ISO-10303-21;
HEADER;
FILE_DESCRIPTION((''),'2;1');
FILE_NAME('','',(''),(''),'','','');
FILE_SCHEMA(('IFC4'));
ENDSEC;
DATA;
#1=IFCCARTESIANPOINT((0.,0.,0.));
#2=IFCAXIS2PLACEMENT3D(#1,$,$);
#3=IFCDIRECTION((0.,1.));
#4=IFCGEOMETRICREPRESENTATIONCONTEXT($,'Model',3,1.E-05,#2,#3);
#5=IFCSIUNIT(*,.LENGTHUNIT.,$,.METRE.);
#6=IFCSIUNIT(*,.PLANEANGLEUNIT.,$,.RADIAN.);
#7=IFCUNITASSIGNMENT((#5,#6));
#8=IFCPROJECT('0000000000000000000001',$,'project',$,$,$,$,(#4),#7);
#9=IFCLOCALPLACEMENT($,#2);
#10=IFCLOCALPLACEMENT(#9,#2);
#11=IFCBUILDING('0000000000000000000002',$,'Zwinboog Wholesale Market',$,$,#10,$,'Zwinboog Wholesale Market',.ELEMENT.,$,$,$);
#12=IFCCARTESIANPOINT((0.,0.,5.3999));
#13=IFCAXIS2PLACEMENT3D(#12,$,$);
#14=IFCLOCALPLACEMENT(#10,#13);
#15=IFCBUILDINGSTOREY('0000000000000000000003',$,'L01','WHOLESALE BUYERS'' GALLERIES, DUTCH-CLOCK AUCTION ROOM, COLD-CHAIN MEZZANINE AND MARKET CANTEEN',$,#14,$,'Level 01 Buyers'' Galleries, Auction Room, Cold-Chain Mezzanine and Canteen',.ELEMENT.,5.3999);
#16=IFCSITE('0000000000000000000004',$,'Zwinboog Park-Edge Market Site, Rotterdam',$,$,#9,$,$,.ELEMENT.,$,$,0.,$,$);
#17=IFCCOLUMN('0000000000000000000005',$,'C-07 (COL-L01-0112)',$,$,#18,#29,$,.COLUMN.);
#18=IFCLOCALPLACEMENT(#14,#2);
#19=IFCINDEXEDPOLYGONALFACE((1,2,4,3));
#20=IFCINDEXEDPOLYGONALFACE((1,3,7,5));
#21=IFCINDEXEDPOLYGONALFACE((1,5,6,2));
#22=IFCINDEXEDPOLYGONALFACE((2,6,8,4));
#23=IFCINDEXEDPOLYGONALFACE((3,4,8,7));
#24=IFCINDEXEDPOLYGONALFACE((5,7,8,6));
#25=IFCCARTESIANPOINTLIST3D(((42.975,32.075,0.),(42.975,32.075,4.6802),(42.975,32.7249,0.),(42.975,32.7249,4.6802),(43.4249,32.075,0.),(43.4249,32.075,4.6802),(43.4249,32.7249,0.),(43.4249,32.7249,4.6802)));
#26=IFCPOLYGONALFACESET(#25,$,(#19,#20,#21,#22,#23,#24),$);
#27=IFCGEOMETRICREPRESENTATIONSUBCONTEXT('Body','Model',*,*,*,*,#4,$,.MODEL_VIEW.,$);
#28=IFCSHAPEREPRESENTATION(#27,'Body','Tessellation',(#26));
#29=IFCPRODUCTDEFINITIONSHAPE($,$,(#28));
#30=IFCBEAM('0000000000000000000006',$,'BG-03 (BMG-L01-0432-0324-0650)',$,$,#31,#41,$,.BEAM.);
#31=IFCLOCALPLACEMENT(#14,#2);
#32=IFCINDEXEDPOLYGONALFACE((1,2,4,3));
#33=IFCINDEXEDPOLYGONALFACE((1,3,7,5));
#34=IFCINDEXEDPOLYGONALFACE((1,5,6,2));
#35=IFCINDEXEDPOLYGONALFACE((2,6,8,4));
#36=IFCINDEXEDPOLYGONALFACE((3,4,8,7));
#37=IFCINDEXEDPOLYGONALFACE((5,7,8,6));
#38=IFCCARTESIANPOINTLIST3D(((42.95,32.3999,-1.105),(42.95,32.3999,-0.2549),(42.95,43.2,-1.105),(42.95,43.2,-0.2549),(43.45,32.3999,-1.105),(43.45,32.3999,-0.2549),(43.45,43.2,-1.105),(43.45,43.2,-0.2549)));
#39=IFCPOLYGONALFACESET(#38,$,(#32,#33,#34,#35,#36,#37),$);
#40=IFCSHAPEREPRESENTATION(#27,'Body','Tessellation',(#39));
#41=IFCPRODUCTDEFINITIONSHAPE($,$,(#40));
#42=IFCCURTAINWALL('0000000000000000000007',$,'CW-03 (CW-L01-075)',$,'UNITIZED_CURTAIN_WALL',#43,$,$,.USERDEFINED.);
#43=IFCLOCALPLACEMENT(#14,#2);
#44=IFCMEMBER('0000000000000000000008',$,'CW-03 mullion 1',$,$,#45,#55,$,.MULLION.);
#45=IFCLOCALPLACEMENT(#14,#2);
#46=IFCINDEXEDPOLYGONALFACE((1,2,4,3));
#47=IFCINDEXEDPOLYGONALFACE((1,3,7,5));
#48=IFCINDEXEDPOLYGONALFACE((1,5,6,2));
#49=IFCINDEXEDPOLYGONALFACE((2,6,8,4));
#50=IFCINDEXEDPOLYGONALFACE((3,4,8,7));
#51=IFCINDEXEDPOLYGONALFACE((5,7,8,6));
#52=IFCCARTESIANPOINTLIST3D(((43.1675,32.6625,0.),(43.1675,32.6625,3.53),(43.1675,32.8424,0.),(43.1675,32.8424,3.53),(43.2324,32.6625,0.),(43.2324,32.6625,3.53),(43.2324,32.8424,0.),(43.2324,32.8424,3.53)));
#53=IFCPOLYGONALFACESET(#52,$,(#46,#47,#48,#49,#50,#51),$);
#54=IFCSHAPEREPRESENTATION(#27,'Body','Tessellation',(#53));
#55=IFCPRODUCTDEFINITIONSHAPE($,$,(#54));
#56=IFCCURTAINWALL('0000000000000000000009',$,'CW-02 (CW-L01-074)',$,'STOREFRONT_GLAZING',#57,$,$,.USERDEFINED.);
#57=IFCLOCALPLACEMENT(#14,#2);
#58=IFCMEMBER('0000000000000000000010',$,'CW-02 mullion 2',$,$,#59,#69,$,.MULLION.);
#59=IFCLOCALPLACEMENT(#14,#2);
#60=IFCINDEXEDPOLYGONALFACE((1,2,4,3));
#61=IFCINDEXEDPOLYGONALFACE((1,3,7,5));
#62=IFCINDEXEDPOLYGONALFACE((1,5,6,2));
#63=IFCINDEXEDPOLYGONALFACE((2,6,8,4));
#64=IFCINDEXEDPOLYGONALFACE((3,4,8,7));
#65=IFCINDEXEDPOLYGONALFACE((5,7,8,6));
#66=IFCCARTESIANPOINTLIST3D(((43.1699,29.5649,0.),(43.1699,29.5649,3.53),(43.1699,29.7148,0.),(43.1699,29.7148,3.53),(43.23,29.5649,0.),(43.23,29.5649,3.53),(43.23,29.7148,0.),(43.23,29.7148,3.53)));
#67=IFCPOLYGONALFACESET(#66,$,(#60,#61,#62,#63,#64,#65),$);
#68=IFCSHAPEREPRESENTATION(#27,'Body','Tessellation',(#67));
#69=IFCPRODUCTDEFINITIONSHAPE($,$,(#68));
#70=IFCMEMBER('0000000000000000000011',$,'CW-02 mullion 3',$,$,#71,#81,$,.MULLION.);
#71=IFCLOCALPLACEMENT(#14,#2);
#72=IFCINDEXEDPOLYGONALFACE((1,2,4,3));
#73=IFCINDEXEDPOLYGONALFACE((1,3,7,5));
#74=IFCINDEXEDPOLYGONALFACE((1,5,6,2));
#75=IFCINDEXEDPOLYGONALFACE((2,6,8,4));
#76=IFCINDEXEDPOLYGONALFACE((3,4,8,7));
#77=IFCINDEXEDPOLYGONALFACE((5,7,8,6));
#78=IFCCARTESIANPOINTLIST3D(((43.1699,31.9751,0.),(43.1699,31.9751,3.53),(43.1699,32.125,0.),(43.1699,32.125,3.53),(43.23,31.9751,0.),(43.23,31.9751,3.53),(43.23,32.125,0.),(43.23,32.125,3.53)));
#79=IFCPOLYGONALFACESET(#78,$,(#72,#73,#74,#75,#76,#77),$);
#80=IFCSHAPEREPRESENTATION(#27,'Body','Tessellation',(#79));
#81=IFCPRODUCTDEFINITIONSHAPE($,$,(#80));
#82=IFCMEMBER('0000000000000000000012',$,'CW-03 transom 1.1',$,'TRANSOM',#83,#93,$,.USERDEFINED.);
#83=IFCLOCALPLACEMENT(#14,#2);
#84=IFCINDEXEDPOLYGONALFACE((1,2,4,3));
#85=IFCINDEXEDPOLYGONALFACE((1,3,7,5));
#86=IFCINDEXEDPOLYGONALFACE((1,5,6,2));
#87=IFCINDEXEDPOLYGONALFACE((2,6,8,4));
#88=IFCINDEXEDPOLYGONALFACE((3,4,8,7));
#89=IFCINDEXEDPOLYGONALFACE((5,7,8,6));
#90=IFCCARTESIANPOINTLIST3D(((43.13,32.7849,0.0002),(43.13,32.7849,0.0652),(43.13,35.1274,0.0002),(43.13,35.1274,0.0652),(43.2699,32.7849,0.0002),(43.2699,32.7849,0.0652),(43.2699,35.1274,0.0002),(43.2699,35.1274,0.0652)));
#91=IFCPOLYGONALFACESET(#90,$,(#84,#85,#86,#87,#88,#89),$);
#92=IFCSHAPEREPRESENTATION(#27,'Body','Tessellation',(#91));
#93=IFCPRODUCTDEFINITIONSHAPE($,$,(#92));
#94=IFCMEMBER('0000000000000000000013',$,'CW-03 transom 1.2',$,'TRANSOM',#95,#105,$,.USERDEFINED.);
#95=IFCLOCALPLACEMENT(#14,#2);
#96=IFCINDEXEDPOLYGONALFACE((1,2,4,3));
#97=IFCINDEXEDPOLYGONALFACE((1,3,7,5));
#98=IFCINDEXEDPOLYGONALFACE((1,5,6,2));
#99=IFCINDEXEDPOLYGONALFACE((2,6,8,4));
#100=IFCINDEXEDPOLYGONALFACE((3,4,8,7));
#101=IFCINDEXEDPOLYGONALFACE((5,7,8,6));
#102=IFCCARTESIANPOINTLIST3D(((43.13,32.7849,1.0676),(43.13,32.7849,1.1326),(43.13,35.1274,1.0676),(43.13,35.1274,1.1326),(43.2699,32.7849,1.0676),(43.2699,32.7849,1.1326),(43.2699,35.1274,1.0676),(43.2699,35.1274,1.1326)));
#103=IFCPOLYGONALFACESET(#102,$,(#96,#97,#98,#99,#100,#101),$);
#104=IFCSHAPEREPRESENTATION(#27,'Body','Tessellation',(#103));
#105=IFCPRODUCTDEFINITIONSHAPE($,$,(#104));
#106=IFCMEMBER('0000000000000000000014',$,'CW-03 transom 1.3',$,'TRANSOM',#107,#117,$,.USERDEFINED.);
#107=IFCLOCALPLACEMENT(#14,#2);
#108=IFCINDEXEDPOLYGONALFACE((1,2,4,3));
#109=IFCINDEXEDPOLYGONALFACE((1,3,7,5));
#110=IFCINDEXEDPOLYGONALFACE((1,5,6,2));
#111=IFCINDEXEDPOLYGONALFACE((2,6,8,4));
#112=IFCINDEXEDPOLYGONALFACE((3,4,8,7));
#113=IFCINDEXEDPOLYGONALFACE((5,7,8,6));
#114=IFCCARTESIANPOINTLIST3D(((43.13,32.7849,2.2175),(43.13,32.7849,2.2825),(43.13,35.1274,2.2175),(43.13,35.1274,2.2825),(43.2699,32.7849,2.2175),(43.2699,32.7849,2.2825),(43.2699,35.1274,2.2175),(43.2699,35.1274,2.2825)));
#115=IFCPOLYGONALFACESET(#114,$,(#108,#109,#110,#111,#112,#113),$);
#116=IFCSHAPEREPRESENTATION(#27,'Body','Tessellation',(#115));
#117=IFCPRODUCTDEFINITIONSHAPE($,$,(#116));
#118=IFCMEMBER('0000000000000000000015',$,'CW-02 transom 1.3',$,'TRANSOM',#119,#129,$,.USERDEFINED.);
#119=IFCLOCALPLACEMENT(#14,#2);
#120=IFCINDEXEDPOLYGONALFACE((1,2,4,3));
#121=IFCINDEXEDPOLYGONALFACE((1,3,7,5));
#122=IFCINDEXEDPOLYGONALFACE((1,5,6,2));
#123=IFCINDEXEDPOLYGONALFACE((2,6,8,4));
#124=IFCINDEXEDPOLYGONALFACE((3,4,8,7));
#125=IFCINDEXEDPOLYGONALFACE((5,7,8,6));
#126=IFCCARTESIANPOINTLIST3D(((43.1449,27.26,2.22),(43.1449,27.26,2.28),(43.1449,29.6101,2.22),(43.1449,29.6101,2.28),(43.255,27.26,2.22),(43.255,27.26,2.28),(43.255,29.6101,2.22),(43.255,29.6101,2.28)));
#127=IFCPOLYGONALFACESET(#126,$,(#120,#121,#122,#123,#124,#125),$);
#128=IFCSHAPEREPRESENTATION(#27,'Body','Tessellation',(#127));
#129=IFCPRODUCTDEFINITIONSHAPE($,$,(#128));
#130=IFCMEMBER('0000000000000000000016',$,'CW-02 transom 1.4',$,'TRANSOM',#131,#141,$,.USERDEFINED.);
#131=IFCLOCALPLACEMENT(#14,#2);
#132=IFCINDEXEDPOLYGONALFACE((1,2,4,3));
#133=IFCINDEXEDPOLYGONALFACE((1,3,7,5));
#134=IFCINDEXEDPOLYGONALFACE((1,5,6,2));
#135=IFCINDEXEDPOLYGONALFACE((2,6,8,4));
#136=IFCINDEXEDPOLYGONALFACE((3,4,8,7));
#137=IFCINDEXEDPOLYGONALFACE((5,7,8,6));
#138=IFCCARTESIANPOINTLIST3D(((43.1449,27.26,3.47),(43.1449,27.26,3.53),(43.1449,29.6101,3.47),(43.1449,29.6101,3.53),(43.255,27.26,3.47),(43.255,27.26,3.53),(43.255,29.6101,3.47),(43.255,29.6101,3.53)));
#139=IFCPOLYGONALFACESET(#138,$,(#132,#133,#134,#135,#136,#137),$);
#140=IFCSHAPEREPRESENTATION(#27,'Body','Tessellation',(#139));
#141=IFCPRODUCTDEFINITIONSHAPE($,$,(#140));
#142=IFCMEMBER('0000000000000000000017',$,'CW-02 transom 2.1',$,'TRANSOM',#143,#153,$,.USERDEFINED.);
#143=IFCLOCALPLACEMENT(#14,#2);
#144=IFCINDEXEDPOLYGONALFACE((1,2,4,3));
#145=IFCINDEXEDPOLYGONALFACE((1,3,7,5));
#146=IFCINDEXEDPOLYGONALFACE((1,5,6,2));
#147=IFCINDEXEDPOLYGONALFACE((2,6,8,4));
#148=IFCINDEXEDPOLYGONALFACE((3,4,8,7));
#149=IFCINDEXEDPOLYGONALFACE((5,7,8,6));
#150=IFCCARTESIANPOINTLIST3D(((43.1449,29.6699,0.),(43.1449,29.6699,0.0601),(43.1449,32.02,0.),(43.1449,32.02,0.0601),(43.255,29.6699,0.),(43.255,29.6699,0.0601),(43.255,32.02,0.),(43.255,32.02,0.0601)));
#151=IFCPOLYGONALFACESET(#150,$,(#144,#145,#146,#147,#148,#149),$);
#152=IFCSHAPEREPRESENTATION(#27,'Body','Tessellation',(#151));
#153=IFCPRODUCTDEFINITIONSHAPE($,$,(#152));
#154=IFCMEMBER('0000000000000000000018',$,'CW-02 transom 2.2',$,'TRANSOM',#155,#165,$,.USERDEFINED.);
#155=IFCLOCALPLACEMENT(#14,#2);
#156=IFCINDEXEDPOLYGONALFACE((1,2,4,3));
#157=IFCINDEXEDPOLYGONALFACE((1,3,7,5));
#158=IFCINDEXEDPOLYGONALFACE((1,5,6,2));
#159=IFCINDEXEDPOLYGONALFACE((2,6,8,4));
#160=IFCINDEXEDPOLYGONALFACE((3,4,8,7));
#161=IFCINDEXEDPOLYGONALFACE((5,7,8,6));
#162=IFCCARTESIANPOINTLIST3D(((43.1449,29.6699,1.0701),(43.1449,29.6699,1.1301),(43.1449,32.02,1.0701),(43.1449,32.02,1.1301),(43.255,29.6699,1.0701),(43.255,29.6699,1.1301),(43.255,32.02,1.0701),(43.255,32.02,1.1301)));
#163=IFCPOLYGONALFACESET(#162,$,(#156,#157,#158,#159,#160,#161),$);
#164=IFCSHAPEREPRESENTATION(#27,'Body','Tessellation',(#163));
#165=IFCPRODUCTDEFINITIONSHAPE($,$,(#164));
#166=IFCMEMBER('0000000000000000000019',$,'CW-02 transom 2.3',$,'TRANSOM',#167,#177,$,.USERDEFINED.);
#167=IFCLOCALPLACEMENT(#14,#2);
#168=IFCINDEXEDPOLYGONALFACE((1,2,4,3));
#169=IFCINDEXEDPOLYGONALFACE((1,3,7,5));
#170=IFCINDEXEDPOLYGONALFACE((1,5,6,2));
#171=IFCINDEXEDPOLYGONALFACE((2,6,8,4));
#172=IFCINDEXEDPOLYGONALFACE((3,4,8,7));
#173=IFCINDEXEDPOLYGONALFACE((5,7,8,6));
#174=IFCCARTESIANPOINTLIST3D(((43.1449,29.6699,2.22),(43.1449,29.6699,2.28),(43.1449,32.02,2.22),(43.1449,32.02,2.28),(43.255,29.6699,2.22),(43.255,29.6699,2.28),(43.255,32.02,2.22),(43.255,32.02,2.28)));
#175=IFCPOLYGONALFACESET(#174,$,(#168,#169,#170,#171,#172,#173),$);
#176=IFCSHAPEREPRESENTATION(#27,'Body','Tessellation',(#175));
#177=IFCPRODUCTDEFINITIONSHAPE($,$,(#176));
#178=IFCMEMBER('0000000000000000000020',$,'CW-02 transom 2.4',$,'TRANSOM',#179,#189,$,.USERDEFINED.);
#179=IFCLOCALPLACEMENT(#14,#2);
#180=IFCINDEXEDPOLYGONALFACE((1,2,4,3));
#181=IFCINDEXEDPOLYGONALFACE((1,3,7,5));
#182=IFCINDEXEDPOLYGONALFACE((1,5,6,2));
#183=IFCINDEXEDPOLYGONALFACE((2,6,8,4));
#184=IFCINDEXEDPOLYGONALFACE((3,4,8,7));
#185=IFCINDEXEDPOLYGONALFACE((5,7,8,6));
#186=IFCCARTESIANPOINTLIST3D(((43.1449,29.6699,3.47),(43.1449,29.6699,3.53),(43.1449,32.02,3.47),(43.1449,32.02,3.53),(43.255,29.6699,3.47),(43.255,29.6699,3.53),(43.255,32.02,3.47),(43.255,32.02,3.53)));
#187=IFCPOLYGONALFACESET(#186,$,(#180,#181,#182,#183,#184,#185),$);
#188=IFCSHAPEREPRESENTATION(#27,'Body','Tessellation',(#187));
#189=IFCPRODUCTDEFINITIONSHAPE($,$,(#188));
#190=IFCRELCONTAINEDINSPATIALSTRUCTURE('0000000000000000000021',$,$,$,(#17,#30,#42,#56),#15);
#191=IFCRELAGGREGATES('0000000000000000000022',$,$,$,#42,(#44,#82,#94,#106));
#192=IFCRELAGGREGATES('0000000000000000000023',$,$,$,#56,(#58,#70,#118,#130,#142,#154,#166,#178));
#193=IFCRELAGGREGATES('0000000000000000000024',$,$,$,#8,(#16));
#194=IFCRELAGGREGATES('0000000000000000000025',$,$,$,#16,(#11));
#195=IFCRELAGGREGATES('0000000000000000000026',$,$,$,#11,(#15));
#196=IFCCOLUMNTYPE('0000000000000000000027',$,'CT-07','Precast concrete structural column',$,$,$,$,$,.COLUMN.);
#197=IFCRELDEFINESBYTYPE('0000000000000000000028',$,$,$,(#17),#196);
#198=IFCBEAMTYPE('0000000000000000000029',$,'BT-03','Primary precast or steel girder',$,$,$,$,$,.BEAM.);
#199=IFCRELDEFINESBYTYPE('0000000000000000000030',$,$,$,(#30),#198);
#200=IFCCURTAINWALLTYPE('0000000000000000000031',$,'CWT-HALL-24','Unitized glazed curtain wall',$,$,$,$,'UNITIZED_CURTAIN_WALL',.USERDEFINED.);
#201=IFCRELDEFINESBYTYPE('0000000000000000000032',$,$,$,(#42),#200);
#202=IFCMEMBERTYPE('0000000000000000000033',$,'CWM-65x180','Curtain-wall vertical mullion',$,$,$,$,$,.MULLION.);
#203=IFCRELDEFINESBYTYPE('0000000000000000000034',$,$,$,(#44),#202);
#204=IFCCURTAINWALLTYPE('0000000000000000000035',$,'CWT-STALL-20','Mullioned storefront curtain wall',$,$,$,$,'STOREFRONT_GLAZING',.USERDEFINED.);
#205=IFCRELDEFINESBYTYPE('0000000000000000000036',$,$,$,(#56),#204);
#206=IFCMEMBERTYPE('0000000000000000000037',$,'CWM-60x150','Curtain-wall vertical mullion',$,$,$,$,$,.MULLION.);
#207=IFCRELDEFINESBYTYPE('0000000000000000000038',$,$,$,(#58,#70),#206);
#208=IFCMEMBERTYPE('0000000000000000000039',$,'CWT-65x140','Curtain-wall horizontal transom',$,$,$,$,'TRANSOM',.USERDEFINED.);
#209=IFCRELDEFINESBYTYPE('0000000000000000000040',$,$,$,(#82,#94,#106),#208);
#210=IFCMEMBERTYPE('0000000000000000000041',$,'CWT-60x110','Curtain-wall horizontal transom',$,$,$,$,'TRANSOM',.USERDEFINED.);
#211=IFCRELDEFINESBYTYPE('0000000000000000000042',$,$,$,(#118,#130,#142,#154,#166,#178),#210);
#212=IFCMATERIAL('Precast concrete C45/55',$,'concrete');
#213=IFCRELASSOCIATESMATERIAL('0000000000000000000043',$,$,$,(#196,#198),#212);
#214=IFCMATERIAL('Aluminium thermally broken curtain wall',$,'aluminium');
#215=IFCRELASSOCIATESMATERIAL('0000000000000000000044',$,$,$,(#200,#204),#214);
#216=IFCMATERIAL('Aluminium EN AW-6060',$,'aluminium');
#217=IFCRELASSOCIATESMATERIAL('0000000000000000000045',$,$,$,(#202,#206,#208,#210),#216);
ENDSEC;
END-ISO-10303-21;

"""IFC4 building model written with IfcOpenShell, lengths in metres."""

from ifc_helpers import new_model, si_unit, direction, frame, origin, origin_2d, place, context, subcontext, project, spatial, rectangle, extrude, material, material_profile, profile_set, type_object, element, aggregate, save


model = new_model("IFC4")

# Units and contexts
model_context = context("Model", 3, precision=1e-05, world=origin(), true_north=direction((0.0, 1.0)))
body_context = subcontext(model_context, "Body", "Model", "MODEL_VIEW")
ifc_project = project(units=[si_unit("LENGTHUNIT", "METRE"), si_unit("PLANEANGLEUNIT", "RADIAN")], contexts=[model_context])

# Site, building, storey
site_placement = place(None, origin())
site = spatial("IfcSite", under=ifc_project, at=site_placement, Name="Zwinboog Park-Edge Market Site, Rotterdam", CompositionType="ELEMENT", RefElevation=0.0)
building_placement = place(site_placement, origin())
building = spatial("IfcBuilding", under=site, at=building_placement, Name="Zwinboog Wholesale Market", LongName="Zwinboog Wholesale Market", CompositionType="ELEMENT")
storey_placement = place(building_placement, frame((0.0, 0.0, 5.3999)))
storey = spatial("IfcBuildingStorey", under=building, at=storey_placement, Name="L01", Description="WHOLESALE BUYERS' GALLERIES, DUTCH-CLOCK AUCTION ROOM, COLD-CHAIN MEZZANINE AND MARKET CANTEEN", LongName="Level 01 Buyers' Galleries, Auction Room, Cold-Chain Mezzanine and Canteen", CompositionType="ELEMENT", Elevation=5.3999)

# Column
ifc_material_1 = material(Name="Precast concrete C45/55", Category="concrete")
ifc_material_profile_1 = material_profile(ifc_material_1, rectangle(XDim=0.45, YDim=0.6499, at=origin_2d()), Name="PC 450x650")
ifc_profile_set_1 = profile_set([ifc_material_profile_1], Name="Precast concrete C45/55")
column_type = type_object("IfcColumnType", Name="CT-07", Description="Precast concrete structural column", PredefinedType="COLUMN", material=ifc_profile_set_1)
column_placement = place(storey_placement, frame((43.2, 32.3999, 0.0), z_axis=(0.0, 0.0, 1.0), x_axis=(1.0, 0.0, 0.0)))
element("IfcColumn", 1, at=column_placement, inside=storey, type_object=column_type, Name="C-07 (COL-L01-0112)", PredefinedType="COLUMN", context=body_context, shape_type="SweptSolid", body=[
    extrude(rectangle(XDim=0.45, YDim=0.6499, at=origin_2d()), origin(), (0.0, 0.0, 1.0), 4.6802),
])

# Beam
ifc_material_profile_2 = material_profile(ifc_material_1, rectangle(XDim=0.5, YDim=0.8501, at=origin_2d()), Name="PC 500x850")
ifc_profile_set_2 = profile_set([ifc_material_profile_2], Name="Precast concrete C45/55")
beam_type = type_object("IfcBeamType", Name="BT-03", Description="Primary precast or steel girder", PredefinedType="BEAM", material=ifc_profile_set_2)
beam_placement = place(storey_placement, frame((43.2, 32.3999, -0.6799), z_axis=(0.0, 1.0, 0.0), x_axis=(-1.0, 0.0, 0.0)))
element("IfcBeam", 2, at=beam_placement, inside=storey, type_object=beam_type, Name="BG-03 (BMG-L01-0432-0324-0650)", PredefinedType="BEAM", context=body_context, shape_type="SweptSolid", body=[
    extrude(rectangle(XDim=0.5, YDim=0.8501, at=origin_2d()), origin(), (0.0, 0.0, 1.0), 10.8),
])

# Curtain wall, member
ifc_material_2 = material(Name="Aluminium thermally broken curtain wall", Category="aluminium")
curtain_wall_type_1 = type_object("IfcCurtainWallType", Name="CWT-HALL-24", Description="Unitized glazed curtain wall", ElementType="UNITIZED_CURTAIN_WALL", PredefinedType="USERDEFINED", material=ifc_material_2)
curtain_wall_1_placement = place(storey_placement, origin())
curtain_wall_1 = element("IfcCurtainWall", 3, at=curtain_wall_1_placement, inside=storey, type_object=curtain_wall_type_1, Name="CW-03 (CW-L01-075)", ObjectType="UNITIZED_CURTAIN_WALL", PredefinedType="USERDEFINED")
ifc_material_3 = material(Name="Aluminium EN AW-6060", Category="aluminium")
ifc_material_profile_3 = material_profile(ifc_material_3, rectangle(XDim=0.0649, YDim=0.1799, at=origin_2d()), Name="AL 65x180")
ifc_profile_set_3 = profile_set([ifc_material_profile_3], Name="Aluminium EN AW-6060")
member_type_1 = type_object("IfcMemberType", Name="CWM-65x180", Description="Curtain-wall vertical mullion", PredefinedType="MULLION", material=ifc_profile_set_3)
member_1_placement = place(storey_placement, frame((43.2, 32.7524, 0.0), z_axis=(0.0, 0.0, 1.0), x_axis=(-1.0, 0.0, 0.0)))
member_1 = element("IfcMember", 4, at=member_1_placement, type_object=member_type_1, Name="CW-03 mullion 1", PredefinedType="MULLION", context=body_context, shape_type="SweptSolid", body=[
    extrude(rectangle(XDim=0.0649, YDim=0.1799, at=origin_2d()), origin(), (0.0, 0.0, 1.0), 3.53),
])

# Curtain wall, members
curtain_wall_type_2 = type_object("IfcCurtainWallType", Name="CWT-STALL-20", Description="Mullioned storefront curtain wall", ElementType="STOREFRONT_GLAZING", PredefinedType="USERDEFINED", material=ifc_material_2)
curtain_wall_2_placement = place(storey_placement, origin())
curtain_wall_2 = element("IfcCurtainWall", 5, at=curtain_wall_2_placement, inside=storey, type_object=curtain_wall_type_2, Name="CW-02 (CW-L01-074)", ObjectType="STOREFRONT_GLAZING", PredefinedType="USERDEFINED")
ifc_material_profile_4 = material_profile(ifc_material_3, rectangle(XDim=0.0601, YDim=0.1499, at=origin_2d()), Name="AL 60x150")
ifc_profile_set_4 = profile_set([ifc_material_profile_4], Name="Aluminium EN AW-6060")
member_type_2 = type_object("IfcMemberType", Name="CWM-60x150", Description="Curtain-wall vertical mullion", PredefinedType="MULLION", material=ifc_profile_set_4)
member_2_placement = place(storey_placement, frame((43.2, 29.6399, 0.0), z_axis=(0.0, 0.0, 1.0), x_axis=(-1.0, 0.0, 0.0)))
member_2 = element("IfcMember", 6, at=member_2_placement, type_object=member_type_2, Name="CW-02 mullion 2", PredefinedType="MULLION", context=body_context, shape_type="SweptSolid", body=[
    extrude(rectangle(XDim=0.0601, YDim=0.1499, at=origin_2d()), origin(), (0.0, 0.0, 1.0), 3.53),
])
member_3_placement = place(storey_placement, frame((43.2, 32.05, 0.0), z_axis=(0.0, 0.0, 1.0), x_axis=(-1.0, 0.0, 0.0)))
member_3 = element("IfcMember", 7, at=member_3_placement, type_object=member_type_2, Name="CW-02 mullion 3", PredefinedType="MULLION", context=body_context, shape_type="SweptSolid", body=[
    extrude(rectangle(XDim=0.0601, YDim=0.1499, at=origin_2d()), origin(), (0.0, 0.0, 1.0), 3.53),
])

# Members
ifc_material_profile_5 = material_profile(ifc_material_3, rectangle(XDim=0.1399, YDim=0.0649, at=origin_2d()), Name="AL 65x140")
ifc_profile_set_5 = profile_set([ifc_material_profile_5], Name="Aluminium EN AW-6060")
member_type_3 = type_object("IfcMemberType", Name="CWT-65x140", Description="Curtain-wall horizontal transom", ElementType="TRANSOM", PredefinedType="USERDEFINED", material=ifc_profile_set_5)
member_4_placement = place(storey_placement, frame((43.2, 32.7849, 0.0327), z_axis=(0.0, 1.0, 0.0), x_axis=(-1.0, 0.0, 0.0)))
member_4 = element("IfcMember", 8, at=member_4_placement, type_object=member_type_3, Name="CW-03 transom 1.1", ObjectType="TRANSOM", PredefinedType="USERDEFINED", context=body_context, shape_type="SweptSolid", body=[
    extrude(rectangle(XDim=0.1399, YDim=0.0649, at=origin_2d()), origin(), (0.0, 0.0, 1.0), 2.3425),
])
member_5_placement = place(storey_placement, frame((43.2, 32.7849, 1.1001), z_axis=(0.0, 1.0, 0.0), x_axis=(-1.0, 0.0, 0.0)))
member_5 = element("IfcMember", 9, at=member_5_placement, type_object=member_type_3, Name="CW-03 transom 1.2", ObjectType="TRANSOM", PredefinedType="USERDEFINED", context=body_context, shape_type="SweptSolid", body=[
    extrude(rectangle(XDim=0.1399, YDim=0.0649, at=origin_2d()), origin(), (0.0, 0.0, 1.0), 2.3425),
])
member_6_placement = place(storey_placement, frame((43.2, 32.7849, 2.25), z_axis=(0.0, 1.0, 0.0), x_axis=(-1.0, 0.0, 0.0)))
member_6 = element("IfcMember", 10, at=member_6_placement, type_object=member_type_3, Name="CW-03 transom 1.3", ObjectType="TRANSOM", PredefinedType="USERDEFINED", context=body_context, shape_type="SweptSolid", body=[
    extrude(rectangle(XDim=0.1399, YDim=0.0649, at=origin_2d()), origin(), (0.0, 0.0, 1.0), 2.3425),
])
aggregate(curtain_wall_1, [member_1, member_4, member_5, member_6])
ifc_material_profile_6 = material_profile(ifc_material_3, rectangle(XDim=0.1101, YDim=0.0601, at=origin_2d()), Name="AL 60x110")
ifc_profile_set_6 = profile_set([ifc_material_profile_6], Name="Aluminium EN AW-6060")
member_type_4 = type_object("IfcMemberType", Name="CWT-60x110", Description="Curtain-wall horizontal transom", ElementType="TRANSOM", PredefinedType="USERDEFINED", material=ifc_profile_set_6)
member_7_placement = place(storey_placement, frame((43.2, 27.26, 2.25), z_axis=(0.0, 1.0, 0.0), x_axis=(-1.0, 0.0, 0.0)))
member_7 = element("IfcMember", 11, at=member_7_placement, type_object=member_type_4, Name="CW-02 transom 1.3", ObjectType="TRANSOM", PredefinedType="USERDEFINED", context=body_context, shape_type="SweptSolid", body=[
    extrude(rectangle(XDim=0.1101, YDim=0.0601, at=origin_2d()), origin(), (0.0, 0.0, 1.0), 2.3501),
])
member_8_placement = place(storey_placement, frame((43.2, 27.26, 3.5), z_axis=(0.0, 1.0, 0.0), x_axis=(-1.0, 0.0, 0.0)))
member_8 = element("IfcMember", 12, at=member_8_placement, type_object=member_type_4, Name="CW-02 transom 1.4", ObjectType="TRANSOM", PredefinedType="USERDEFINED", context=body_context, shape_type="SweptSolid", body=[
    extrude(rectangle(XDim=0.1101, YDim=0.0601, at=origin_2d()), origin(), (0.0, 0.0, 1.0), 2.3501),
])
member_9_placement = place(storey_placement, frame((43.2, 29.6699, 0.03), z_axis=(0.0, 1.0, 0.0), x_axis=(-1.0, 0.0, 0.0)))
member_9 = element("IfcMember", 13, at=member_9_placement, type_object=member_type_4, Name="CW-02 transom 2.1", ObjectType="TRANSOM", PredefinedType="USERDEFINED", context=body_context, shape_type="SweptSolid", body=[
    extrude(rectangle(XDim=0.1101, YDim=0.0601, at=origin_2d()), origin(), (0.0, 0.0, 1.0), 2.3501),
])
member_10_placement = place(storey_placement, frame((43.2, 29.6699, 1.1001), z_axis=(0.0, 1.0, 0.0), x_axis=(-1.0, 0.0, 0.0)))
member_10 = element("IfcMember", 14, at=member_10_placement, type_object=member_type_4, Name="CW-02 transom 2.2", ObjectType="TRANSOM", PredefinedType="USERDEFINED", context=body_context, shape_type="SweptSolid", body=[
    extrude(rectangle(XDim=0.1101, YDim=0.0601, at=origin_2d()), origin(), (0.0, 0.0, 1.0), 2.3501),
])
member_11_placement = place(storey_placement, frame((43.2, 29.6699, 2.25), z_axis=(0.0, 1.0, 0.0), x_axis=(-1.0, 0.0, 0.0)))
member_11 = element("IfcMember", 15, at=member_11_placement, type_object=member_type_4, Name="CW-02 transom 2.3", ObjectType="TRANSOM", PredefinedType="USERDEFINED", context=body_context, shape_type="SweptSolid", body=[
    extrude(rectangle(XDim=0.1101, YDim=0.0601, at=origin_2d()), origin(), (0.0, 0.0, 1.0), 2.3501),
])
member_12_placement = place(storey_placement, frame((43.2, 29.6699, 3.5), z_axis=(0.0, 1.0, 0.0), x_axis=(-1.0, 0.0, 0.0)))
member_12 = element("IfcMember", 16, at=member_12_placement, type_object=member_type_4, Name="CW-02 transom 2.4", ObjectType="TRANSOM", PredefinedType="USERDEFINED", context=body_context, shape_type="SweptSolid", body=[
    extrude(rectangle(XDim=0.1101, YDim=0.0601, at=origin_2d()), origin(), (0.0, 0.0, 1.0), 2.3501),
])

aggregate(curtain_wall_2, [member_2, member_3, member_7, member_8, member_9, member_10, member_11, member_12])

save(model, "model.ifc")
